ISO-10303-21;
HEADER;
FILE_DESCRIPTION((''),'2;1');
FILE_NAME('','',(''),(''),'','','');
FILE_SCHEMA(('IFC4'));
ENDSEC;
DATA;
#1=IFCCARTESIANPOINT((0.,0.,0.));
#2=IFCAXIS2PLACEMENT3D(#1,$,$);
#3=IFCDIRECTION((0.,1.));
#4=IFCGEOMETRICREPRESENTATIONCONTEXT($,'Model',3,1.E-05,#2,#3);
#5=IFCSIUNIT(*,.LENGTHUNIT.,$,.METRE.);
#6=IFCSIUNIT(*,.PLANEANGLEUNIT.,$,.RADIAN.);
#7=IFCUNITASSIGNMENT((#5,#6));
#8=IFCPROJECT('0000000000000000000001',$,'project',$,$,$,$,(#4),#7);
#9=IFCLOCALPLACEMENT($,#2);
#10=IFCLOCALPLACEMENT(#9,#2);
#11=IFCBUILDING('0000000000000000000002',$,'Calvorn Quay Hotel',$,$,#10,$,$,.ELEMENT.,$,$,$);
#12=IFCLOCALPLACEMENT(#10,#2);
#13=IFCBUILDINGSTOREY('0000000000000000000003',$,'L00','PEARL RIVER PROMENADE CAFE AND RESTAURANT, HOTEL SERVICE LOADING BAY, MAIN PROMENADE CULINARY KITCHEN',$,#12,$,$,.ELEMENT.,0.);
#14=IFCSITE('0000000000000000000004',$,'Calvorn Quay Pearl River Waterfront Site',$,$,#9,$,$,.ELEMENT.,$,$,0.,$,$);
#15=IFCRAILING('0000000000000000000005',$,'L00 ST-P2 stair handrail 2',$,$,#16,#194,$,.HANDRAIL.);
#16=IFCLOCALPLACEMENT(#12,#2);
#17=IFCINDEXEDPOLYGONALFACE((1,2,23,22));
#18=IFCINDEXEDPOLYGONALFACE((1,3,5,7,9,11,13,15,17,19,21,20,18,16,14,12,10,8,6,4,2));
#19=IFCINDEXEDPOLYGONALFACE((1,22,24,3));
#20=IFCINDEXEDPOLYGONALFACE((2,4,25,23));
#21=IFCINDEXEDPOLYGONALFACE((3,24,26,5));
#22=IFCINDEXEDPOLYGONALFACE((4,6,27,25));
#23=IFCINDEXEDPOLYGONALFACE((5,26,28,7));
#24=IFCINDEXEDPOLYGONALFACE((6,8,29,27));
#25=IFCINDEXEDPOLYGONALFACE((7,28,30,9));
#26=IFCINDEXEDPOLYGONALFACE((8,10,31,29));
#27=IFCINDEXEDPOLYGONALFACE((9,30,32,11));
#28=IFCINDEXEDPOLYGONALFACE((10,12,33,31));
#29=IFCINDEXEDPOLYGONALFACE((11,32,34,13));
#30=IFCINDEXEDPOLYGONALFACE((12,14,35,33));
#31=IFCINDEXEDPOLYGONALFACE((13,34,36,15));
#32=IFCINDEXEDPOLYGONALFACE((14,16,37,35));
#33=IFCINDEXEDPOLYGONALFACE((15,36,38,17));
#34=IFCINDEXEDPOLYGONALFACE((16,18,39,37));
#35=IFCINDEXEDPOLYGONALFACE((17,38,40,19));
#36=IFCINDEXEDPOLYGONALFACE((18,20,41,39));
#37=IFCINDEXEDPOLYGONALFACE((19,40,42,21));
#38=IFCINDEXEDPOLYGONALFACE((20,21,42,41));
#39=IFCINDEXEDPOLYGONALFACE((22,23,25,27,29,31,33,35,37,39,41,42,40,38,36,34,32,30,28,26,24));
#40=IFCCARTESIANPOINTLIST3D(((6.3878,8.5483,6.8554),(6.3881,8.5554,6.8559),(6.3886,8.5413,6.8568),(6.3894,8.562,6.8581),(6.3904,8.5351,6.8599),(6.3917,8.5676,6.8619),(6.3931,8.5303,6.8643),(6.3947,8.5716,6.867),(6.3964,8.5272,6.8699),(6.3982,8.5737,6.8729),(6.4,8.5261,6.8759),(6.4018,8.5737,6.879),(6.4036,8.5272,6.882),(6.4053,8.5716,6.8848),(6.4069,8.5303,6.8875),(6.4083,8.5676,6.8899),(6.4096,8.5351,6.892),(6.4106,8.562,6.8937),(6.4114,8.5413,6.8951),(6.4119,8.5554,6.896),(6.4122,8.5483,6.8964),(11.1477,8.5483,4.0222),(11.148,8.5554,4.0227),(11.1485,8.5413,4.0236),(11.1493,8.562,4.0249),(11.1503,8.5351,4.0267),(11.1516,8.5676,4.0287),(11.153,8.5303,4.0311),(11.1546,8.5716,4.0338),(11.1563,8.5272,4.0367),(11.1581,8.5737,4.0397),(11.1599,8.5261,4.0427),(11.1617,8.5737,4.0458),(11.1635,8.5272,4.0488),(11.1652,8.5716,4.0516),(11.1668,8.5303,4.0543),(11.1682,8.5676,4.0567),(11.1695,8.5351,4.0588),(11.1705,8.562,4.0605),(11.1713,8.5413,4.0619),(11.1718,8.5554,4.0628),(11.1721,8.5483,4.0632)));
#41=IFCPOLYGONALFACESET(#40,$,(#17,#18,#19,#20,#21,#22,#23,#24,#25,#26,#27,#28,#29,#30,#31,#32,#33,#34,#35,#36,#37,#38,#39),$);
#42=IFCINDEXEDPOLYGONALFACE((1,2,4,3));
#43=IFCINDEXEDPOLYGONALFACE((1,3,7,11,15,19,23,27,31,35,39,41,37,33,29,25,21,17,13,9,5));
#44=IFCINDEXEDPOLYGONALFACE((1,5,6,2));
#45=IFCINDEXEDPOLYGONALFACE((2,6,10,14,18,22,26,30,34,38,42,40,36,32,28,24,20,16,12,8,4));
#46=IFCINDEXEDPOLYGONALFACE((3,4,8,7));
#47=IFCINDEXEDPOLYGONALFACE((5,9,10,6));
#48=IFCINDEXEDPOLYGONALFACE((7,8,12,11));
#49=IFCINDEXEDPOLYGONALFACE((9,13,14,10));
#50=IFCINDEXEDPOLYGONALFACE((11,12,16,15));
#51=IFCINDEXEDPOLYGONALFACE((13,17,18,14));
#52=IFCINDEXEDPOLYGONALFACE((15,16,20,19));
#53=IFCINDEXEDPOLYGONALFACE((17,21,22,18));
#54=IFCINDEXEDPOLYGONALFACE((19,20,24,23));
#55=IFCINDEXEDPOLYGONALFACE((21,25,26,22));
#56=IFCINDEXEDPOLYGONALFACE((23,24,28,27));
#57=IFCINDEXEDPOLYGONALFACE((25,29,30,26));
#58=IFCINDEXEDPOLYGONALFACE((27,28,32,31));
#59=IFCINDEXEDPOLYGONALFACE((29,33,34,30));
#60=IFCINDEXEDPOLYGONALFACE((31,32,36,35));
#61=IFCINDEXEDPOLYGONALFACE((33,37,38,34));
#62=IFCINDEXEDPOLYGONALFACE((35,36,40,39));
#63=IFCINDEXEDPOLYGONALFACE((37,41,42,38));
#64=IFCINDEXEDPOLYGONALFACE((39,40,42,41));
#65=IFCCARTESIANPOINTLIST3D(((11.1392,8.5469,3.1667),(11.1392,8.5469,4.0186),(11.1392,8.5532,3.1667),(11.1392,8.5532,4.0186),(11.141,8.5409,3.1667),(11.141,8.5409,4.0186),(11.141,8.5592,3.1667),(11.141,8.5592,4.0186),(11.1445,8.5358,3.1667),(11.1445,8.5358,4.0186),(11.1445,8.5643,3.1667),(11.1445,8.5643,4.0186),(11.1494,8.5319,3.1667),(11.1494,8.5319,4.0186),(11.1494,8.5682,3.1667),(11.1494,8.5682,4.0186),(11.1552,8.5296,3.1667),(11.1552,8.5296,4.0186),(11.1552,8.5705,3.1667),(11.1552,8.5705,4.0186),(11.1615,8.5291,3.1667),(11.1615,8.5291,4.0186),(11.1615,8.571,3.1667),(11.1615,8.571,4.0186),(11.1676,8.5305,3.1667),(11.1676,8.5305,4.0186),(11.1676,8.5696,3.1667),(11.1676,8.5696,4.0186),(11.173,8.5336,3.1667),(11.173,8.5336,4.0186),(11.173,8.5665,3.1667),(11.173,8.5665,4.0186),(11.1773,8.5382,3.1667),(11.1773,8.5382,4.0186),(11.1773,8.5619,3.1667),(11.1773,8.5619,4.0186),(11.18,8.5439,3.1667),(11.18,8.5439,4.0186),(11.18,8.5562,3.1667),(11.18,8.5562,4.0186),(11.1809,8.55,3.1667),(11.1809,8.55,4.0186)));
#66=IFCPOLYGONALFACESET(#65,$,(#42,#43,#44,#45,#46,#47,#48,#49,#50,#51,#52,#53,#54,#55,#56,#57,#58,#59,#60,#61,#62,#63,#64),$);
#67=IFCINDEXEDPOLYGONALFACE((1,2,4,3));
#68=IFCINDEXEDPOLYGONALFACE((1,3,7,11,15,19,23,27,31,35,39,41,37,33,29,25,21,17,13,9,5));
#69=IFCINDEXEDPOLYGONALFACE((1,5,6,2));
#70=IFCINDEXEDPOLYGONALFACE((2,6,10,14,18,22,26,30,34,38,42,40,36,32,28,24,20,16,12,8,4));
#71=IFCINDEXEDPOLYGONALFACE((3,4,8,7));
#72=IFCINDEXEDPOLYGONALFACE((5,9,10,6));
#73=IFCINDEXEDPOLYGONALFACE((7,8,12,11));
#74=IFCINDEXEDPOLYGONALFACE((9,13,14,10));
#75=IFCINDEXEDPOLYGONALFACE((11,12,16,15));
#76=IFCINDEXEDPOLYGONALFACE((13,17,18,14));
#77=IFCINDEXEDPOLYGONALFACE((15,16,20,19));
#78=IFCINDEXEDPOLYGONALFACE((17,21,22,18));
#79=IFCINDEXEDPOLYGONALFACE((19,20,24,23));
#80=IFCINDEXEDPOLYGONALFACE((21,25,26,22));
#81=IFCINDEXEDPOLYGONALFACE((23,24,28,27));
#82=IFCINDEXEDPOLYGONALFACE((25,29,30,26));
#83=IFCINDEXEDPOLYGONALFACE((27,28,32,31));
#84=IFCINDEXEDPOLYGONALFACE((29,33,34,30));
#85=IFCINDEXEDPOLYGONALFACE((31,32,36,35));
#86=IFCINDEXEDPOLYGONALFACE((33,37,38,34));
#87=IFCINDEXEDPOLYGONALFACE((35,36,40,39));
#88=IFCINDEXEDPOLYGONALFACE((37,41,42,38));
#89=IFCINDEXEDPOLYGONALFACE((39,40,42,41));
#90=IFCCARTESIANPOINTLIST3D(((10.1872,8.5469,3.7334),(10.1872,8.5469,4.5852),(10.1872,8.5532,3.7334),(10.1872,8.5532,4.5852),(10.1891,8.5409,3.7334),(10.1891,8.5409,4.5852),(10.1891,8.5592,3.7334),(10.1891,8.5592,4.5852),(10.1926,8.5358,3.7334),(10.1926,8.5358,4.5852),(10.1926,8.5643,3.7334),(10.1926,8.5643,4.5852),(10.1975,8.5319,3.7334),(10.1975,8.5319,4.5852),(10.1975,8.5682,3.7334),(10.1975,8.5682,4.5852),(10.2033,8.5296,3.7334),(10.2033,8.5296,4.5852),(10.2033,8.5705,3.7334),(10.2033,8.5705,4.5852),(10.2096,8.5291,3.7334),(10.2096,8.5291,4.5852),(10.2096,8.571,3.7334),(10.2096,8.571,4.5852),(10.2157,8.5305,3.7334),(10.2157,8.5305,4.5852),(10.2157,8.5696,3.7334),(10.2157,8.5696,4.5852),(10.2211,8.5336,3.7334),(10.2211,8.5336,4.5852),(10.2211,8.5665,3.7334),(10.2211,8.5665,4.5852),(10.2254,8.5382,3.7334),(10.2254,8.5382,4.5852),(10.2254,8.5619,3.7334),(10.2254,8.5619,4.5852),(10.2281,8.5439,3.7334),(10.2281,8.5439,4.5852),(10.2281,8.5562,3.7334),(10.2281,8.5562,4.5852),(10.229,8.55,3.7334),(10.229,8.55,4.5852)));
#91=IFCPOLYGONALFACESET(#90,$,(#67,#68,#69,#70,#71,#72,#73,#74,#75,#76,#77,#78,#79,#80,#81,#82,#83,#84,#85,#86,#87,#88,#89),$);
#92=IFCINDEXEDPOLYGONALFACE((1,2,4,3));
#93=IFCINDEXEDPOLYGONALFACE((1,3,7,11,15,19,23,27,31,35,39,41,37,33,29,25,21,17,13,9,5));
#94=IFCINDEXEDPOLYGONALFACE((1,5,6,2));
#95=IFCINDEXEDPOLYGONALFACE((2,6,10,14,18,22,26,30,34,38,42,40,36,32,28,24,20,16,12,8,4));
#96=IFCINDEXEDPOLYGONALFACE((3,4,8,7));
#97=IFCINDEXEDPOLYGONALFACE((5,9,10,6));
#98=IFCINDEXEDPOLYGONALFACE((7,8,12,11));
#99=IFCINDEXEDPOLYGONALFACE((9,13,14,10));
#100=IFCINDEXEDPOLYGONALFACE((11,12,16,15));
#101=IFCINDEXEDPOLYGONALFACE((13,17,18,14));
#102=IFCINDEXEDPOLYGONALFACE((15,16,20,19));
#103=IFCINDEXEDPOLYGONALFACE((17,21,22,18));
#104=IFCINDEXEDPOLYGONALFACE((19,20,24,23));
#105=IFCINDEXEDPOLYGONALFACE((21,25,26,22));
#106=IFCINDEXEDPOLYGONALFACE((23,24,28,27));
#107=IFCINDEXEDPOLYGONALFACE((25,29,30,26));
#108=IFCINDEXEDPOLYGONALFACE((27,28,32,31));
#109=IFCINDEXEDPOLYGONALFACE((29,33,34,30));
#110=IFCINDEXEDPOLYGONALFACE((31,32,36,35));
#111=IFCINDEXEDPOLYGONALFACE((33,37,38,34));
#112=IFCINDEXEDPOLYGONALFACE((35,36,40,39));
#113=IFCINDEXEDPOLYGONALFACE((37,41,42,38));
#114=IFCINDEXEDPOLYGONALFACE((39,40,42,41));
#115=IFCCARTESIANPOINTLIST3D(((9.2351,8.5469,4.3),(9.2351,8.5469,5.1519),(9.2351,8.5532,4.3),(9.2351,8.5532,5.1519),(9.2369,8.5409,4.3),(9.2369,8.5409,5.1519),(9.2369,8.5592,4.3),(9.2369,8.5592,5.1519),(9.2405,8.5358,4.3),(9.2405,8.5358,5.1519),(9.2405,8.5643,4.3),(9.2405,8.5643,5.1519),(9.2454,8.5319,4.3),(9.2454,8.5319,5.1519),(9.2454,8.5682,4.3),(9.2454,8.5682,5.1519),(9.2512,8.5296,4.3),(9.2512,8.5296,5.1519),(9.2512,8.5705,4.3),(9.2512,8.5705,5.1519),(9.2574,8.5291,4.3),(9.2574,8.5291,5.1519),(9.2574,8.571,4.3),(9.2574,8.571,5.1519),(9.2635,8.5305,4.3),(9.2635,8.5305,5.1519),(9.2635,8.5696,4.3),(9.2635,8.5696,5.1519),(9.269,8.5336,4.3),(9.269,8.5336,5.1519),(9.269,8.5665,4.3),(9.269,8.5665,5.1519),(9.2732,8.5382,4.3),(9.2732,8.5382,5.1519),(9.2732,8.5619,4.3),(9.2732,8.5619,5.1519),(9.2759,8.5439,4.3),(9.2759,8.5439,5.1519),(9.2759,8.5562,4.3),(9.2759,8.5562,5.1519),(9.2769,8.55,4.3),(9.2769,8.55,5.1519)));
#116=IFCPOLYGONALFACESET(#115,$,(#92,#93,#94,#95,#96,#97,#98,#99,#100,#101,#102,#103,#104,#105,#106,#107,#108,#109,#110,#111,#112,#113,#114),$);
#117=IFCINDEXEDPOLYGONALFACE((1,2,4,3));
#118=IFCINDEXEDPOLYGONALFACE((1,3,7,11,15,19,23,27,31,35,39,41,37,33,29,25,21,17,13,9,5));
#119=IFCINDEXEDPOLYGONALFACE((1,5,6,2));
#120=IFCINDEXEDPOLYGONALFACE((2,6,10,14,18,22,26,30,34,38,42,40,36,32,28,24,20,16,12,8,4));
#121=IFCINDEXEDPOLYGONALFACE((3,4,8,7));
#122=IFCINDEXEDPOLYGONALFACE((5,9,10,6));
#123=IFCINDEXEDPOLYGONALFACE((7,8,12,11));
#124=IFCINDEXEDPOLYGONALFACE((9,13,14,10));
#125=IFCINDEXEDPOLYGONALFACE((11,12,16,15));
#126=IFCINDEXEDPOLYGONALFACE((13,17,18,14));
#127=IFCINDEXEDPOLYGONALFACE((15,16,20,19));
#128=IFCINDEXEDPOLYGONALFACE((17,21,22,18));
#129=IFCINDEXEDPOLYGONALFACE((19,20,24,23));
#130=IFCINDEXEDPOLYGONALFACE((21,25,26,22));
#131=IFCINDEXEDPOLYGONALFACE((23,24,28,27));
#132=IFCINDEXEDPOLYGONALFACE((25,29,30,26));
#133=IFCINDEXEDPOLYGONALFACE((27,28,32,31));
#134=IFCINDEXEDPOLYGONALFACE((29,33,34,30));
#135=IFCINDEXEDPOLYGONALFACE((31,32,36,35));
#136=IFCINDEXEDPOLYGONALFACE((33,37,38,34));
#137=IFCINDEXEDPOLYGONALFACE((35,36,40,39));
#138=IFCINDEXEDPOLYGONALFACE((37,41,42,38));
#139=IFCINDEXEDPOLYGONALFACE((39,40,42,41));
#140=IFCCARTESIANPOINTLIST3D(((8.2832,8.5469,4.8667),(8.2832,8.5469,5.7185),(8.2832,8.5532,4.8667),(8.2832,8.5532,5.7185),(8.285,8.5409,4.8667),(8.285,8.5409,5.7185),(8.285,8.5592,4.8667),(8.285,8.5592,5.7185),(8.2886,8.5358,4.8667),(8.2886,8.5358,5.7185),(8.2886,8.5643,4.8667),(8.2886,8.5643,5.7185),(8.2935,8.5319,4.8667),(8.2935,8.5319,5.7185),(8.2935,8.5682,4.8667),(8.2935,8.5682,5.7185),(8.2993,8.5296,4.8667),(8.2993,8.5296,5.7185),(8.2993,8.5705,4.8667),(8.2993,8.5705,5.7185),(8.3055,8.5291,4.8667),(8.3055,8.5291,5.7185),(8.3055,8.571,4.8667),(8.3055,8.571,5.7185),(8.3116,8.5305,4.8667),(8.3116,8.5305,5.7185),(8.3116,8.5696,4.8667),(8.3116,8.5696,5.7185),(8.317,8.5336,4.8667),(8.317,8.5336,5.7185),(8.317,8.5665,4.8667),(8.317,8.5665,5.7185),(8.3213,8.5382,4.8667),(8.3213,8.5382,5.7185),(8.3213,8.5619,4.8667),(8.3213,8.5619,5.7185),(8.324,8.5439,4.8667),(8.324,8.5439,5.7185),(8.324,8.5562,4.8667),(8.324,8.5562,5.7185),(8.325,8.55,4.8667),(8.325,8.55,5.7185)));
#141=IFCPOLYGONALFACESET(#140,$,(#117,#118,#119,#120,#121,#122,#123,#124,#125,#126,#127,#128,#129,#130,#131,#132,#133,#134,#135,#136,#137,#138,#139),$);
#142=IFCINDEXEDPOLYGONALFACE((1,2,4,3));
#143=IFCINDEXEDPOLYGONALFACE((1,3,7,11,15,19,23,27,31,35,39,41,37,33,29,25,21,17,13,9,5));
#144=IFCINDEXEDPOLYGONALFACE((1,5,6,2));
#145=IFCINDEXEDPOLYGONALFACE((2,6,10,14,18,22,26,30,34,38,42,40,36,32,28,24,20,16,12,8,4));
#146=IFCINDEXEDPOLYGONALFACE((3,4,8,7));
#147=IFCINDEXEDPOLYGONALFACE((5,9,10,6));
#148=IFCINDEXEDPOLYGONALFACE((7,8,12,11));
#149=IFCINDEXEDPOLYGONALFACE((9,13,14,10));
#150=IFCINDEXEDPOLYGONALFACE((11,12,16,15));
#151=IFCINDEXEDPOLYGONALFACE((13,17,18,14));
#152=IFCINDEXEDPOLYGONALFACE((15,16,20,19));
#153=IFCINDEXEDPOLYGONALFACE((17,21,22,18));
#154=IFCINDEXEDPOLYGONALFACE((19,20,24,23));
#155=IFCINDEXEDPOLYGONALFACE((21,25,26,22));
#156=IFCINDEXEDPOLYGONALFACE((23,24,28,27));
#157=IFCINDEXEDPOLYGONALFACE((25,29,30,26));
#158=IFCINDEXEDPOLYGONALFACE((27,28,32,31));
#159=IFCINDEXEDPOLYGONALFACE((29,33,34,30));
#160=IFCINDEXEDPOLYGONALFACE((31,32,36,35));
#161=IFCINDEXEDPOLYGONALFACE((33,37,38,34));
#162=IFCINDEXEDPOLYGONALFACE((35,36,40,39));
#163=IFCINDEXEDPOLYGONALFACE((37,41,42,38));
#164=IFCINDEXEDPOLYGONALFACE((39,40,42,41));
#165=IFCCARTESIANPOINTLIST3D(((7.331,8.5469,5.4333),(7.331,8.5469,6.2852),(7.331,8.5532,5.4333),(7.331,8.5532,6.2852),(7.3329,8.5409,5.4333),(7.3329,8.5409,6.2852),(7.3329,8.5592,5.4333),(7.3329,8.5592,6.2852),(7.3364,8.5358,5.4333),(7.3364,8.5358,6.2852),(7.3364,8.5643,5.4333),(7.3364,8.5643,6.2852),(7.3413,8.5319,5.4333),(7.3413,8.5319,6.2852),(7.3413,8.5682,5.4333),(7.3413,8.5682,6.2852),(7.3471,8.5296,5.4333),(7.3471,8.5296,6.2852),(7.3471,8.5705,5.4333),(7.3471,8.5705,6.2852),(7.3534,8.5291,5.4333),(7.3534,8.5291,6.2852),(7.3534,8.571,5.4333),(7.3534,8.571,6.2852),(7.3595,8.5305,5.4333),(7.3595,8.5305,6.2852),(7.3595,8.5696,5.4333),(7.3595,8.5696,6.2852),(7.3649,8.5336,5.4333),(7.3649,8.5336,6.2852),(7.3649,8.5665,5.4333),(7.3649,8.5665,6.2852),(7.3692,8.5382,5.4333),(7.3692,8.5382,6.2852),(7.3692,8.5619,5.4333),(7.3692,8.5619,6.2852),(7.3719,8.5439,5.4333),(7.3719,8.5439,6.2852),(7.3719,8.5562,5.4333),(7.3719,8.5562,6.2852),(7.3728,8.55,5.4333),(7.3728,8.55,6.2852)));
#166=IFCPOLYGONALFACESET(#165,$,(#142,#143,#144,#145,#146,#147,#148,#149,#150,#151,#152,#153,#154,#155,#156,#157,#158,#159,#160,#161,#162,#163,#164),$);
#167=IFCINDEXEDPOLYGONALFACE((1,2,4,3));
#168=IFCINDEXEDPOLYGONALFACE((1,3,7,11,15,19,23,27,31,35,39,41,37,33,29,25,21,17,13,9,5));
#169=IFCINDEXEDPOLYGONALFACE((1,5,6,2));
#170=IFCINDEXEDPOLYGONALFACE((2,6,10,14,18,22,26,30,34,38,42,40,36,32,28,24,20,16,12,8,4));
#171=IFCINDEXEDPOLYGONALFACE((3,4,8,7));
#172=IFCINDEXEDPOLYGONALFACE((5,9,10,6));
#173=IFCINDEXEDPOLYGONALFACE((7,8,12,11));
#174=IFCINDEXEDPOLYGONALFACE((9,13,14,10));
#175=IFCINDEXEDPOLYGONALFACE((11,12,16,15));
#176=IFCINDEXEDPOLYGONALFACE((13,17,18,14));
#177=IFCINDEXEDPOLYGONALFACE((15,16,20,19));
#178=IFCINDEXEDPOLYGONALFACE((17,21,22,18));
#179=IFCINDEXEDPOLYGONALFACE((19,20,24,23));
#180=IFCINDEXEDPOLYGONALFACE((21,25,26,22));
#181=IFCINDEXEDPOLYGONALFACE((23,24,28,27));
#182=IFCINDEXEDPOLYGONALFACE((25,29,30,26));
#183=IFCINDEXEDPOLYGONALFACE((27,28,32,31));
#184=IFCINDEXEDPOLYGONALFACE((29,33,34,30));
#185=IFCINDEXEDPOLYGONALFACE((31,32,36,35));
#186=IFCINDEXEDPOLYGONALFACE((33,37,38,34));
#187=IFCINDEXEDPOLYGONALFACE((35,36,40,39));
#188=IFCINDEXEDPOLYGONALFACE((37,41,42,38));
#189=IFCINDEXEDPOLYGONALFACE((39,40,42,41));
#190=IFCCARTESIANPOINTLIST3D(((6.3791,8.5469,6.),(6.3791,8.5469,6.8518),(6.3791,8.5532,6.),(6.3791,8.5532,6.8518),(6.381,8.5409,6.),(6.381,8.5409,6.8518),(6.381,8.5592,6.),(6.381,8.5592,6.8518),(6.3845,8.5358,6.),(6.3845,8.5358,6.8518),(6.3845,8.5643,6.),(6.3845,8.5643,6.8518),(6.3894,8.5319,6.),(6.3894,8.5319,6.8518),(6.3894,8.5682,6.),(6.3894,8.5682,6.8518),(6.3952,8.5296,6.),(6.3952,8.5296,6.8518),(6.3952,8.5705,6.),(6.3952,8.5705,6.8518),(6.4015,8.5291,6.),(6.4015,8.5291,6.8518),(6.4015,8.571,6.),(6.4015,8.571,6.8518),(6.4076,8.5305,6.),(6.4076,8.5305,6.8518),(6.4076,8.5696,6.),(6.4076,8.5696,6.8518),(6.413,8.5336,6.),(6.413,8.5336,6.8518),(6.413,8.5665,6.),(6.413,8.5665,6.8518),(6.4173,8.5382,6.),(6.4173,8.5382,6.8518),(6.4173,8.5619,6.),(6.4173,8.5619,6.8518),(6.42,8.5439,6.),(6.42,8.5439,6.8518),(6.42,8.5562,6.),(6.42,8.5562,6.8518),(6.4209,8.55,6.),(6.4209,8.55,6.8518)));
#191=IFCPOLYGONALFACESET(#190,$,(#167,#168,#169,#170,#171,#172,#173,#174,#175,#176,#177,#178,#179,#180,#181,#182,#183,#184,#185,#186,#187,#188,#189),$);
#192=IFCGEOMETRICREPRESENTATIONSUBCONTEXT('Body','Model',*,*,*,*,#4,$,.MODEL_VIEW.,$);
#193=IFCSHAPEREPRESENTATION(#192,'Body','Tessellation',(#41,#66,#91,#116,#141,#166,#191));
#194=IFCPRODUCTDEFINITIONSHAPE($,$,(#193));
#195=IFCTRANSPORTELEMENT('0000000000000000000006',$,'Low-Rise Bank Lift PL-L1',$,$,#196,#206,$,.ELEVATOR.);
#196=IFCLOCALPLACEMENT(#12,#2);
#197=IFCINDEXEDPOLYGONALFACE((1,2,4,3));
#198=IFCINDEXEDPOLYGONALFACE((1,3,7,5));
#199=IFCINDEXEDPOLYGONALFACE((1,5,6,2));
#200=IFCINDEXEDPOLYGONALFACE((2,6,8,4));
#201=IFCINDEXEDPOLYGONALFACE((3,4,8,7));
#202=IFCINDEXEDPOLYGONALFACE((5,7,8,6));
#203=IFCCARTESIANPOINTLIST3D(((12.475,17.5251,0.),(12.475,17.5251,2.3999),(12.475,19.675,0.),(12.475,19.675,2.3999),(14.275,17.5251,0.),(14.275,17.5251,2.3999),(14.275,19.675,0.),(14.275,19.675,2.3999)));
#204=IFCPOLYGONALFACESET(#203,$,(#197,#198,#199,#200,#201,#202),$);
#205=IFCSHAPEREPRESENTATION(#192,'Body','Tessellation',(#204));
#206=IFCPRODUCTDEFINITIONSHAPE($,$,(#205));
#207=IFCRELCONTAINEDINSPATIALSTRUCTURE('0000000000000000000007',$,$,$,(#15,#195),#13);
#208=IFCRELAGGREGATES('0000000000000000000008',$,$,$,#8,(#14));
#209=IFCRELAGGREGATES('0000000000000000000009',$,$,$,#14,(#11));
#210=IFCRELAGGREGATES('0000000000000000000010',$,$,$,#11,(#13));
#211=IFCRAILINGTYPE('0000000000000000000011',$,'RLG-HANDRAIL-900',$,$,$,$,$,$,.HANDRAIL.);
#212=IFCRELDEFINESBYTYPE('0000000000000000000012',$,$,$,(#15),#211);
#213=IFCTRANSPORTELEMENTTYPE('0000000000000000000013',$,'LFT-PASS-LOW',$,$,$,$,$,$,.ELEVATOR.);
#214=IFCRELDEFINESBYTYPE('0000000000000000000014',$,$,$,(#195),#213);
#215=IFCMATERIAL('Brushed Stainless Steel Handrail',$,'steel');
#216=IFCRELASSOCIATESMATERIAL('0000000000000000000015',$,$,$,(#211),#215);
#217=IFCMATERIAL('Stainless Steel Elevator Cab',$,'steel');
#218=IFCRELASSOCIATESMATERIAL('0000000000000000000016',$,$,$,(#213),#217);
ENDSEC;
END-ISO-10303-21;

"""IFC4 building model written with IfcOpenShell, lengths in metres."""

from ifc_helpers import new_model, si_unit, direction, frame, origin, origin_2d, place, context, subcontext, project, spatial, rectangle, circle, extrude, material, type_object, element, save


model = new_model("IFC4")

# Units and contexts
model_context = context("Model", 3, precision=1e-05, world=origin(), true_north=direction((0.0, 1.0)))
body_context = subcontext(model_context, "Body", "Model", "MODEL_VIEW")
ifc_project = project(units=[si_unit("LENGTHUNIT", "METRE"), si_unit("PLANEANGLEUNIT", "RADIAN")], contexts=[model_context])

# Site, building, storey
site_placement = place(None, origin())
site = spatial("IfcSite", under=ifc_project, at=site_placement, Name="Calvorn Quay Pearl River Waterfront Site", CompositionType="ELEMENT", RefElevation=0.0)
building_placement = place(site_placement, origin())
building = spatial("IfcBuilding", under=site, at=building_placement, Name="Calvorn Quay Hotel", CompositionType="ELEMENT")
storey_placement = place(building_placement, origin())
storey = spatial("IfcBuildingStorey", under=building, at=storey_placement, Name="L00", Description="PEARL RIVER PROMENADE CAFE AND RESTAURANT, HOTEL SERVICE LOADING BAY, MAIN PROMENADE CULINARY KITCHEN", CompositionType="ELEMENT", Elevation=0.0)

# Railing
ifc_material_1 = material(Name="Brushed Stainless Steel Handrail", Category="steel")
railing_type = type_object("IfcRailingType", Name="RLG-HANDRAIL-900", PredefinedType="HANDRAIL", material=ifc_material_1)
railing_placement = place(storey_placement, frame((11.1599, 8.55, 3.1667)))
element("IfcRailing", 1, at=railing_placement, inside=storey, type_object=railing_type, Name="L00 ST-P2 stair handrail 2", PredefinedType="HANDRAIL", context=body_context, shape_type="SweptSolid", body=[
    extrude(circle(Radius=0.0239, at=origin_2d()), frame((0.0, 0.0, 0.876), z_axis=(-0.8593, 0.0, 0.511472), x_axis=(0.0, -1.0, 0.0)), (0.0, 0.0, 1.0), 5.5393),
    extrude(circle(Radius=0.021, at=origin_2d()), origin(), (0.0, 0.0, 1.0), 0.8518),
    extrude(circle(Radius=0.021, at=origin_2d()), frame((-0.9519, 0.0, 0.5667)), (0.0, 0.0, 1.0), 0.8518),
    extrude(circle(Radius=0.021, at=origin_2d()), frame((-1.9041, 0.0, 1.1333)), (0.0, 0.0, 1.0), 0.8518),
    extrude(circle(Radius=0.021, at=origin_2d()), frame((-2.856, 0.0, 1.7)), (0.0, 0.0, 1.0), 0.8518),
    extrude(circle(Radius=0.021, at=origin_2d()), frame((-3.8081, 0.0, 2.2666)), (0.0, 0.0, 1.0), 0.8518),
    extrude(circle(Radius=0.021, at=origin_2d()), frame((-4.76, 0.0, 2.8333)), (0.0, 0.0, 1.0), 0.8518),
])

# Transport element
ifc_material_2 = material(Name="Stainless Steel Elevator Cab", Category="steel")
transport_element_type = type_object("IfcTransportElementType", Name="LFT-PASS-LOW", PredefinedType="ELEVATOR", material=ifc_material_2)
transport_element_placement = place(storey_placement, frame((13.375, 18.6001, 0.0), z_axis=(0.0, 0.0, 1.0), x_axis=(1.0, 0.0, 0.0)))
element("IfcTransportElement", 2, at=transport_element_placement, inside=storey, type_object=transport_element_type, Name="Low-Rise Bank Lift PL-L1", PredefinedType="ELEVATOR", context=body_context, shape_type="SweptSolid", body=[
    extrude(rectangle(XDim=1.8, YDim=2.1499, at=origin_2d()), origin(), (0.0, 0.0, 1.0), 2.3999),
])

save(model, "model.ifc")
